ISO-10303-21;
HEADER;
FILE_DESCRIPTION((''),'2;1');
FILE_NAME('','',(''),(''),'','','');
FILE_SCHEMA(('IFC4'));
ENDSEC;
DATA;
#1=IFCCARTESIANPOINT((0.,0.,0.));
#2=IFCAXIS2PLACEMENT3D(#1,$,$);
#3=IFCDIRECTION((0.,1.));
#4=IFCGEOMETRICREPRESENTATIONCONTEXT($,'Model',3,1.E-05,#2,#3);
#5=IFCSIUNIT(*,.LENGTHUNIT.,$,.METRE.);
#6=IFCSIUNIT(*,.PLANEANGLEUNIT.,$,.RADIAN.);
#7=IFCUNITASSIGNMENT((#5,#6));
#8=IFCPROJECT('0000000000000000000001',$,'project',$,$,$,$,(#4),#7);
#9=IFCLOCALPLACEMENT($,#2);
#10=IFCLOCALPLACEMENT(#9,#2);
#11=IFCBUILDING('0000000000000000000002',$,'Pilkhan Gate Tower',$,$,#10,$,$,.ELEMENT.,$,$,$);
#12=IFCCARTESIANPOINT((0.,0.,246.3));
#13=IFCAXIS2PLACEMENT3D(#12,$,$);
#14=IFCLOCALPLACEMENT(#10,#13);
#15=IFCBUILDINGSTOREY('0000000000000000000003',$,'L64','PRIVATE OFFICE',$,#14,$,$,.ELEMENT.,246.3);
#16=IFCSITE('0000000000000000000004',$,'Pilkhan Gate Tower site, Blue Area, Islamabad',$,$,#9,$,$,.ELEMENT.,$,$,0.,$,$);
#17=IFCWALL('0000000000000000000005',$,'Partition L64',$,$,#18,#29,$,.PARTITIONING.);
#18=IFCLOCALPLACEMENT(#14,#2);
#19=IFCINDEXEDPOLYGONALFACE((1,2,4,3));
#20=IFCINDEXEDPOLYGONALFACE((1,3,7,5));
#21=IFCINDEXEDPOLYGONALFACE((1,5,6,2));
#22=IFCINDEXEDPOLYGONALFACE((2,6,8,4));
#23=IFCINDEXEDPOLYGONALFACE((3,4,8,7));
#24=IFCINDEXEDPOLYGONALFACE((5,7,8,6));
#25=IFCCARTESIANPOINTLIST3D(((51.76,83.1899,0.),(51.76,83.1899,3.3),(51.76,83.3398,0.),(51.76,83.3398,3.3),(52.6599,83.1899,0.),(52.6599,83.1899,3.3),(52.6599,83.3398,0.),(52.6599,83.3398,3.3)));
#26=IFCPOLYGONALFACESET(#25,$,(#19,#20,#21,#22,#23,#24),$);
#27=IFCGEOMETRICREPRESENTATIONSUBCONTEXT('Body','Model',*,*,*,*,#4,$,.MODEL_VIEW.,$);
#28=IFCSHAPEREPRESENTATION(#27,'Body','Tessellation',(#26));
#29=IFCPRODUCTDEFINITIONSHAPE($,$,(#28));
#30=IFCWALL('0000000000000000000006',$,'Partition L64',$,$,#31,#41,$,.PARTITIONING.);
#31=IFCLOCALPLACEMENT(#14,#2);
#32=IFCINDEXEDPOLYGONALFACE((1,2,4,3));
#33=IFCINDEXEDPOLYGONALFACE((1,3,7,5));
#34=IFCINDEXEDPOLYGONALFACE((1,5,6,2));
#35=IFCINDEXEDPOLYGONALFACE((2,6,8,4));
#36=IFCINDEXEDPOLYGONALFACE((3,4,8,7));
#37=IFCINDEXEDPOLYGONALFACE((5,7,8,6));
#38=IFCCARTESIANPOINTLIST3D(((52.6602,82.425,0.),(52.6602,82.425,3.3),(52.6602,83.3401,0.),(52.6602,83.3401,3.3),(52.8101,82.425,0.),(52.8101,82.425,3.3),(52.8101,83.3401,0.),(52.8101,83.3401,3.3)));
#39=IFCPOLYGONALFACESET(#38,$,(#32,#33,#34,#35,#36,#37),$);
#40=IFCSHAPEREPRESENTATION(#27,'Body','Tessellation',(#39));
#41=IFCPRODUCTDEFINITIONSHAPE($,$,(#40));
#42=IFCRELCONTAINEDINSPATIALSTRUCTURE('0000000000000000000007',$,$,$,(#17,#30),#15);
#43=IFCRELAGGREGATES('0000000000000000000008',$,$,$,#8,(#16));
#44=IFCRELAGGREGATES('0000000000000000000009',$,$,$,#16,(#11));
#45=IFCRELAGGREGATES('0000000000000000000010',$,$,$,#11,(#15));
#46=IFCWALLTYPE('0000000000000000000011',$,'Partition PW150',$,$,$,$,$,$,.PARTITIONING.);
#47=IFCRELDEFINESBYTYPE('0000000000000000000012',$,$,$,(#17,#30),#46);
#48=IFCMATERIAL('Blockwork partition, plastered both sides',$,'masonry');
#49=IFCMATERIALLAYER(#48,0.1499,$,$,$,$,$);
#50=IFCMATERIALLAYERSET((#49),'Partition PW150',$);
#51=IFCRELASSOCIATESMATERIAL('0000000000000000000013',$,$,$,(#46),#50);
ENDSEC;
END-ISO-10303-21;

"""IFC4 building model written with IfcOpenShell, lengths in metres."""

from ifc_helpers import new_model, si_unit, direction, frame, frame_2d, origin, place, context, subcontext, project, spatial, rectangle, extrude, material, layer, layer_set, type_object, element, save


model = new_model("IFC4")

# Units and contexts
model_context = context("Model", 3, precision=1e-05, world=origin(), true_north=direction((0.0, 1.0)))
body_context = subcontext(model_context, "Body", "Model", "MODEL_VIEW")
ifc_project = project(units=[si_unit("LENGTHUNIT", "METRE"), si_unit("PLANEANGLEUNIT", "RADIAN")], contexts=[model_context])

# Site, building, storey
site_placement = place(None, origin())
site = spatial("IfcSite", under=ifc_project, at=site_placement, Name="Pilkhan Gate Tower site, Blue Area, Islamabad", CompositionType="ELEMENT", RefElevation=0.0)
building_placement = place(site_placement, origin())
building = spatial("IfcBuilding", under=site, at=building_placement, Name="Pilkhan Gate Tower", CompositionType="ELEMENT")
storey_placement = place(building_placement, frame((0.0, 0.0, 246.3)))
storey = spatial("IfcBuildingStorey", under=building, at=storey_placement, Name="L64", Description="PRIVATE OFFICE", CompositionType="ELEMENT", Elevation=246.3)

# Walls
ifc_material_1 = material(Name="Blockwork partition, plastered both sides", Category="masonry")
ifc_layer_1 = layer(ifc_material_1, 0.1499)
ifc_layer_set_1 = layer_set([ifc_layer_1], Name="Partition PW150")
wall_type_1 = type_object("IfcWallType", Name="Partition PW150", PredefinedType="PARTITIONING", material=ifc_layer_set_1)
wall_1_placement = place(storey_placement, frame((51.76, 83.2649, 0.0), z_axis=(0.0, 0.0, 1.0), x_axis=(1.0, 0.0, 0.0)))
element("IfcWall", 1, at=wall_1_placement, inside=storey, type_object=wall_type_1, Name="Partition L64", PredefinedType="PARTITIONING", context=body_context, shape_type="SweptSolid", body=[
    extrude(rectangle(XDim=0.8999, YDim=0.1499, at=frame_2d((0.45, 0.0))), origin(), (0.0, 0.0, 1.0), 3.3),
])
wall_2_placement = place(storey_placement, frame((52.7351, 82.425, 0.0), z_axis=(0.0, 0.0, 1.0), x_axis=(0.0, 1.0, 0.0)))
element("IfcWall", 2, at=wall_2_placement, inside=storey, type_object=wall_type_1, Name="Partition L64", PredefinedType="PARTITIONING", context=body_context, shape_type="SweptSolid", body=[
    extrude(rectangle(XDim=0.915, YDim=0.1499, at=frame_2d((0.4575, 0.0))), origin(), (0.0, 0.0, 1.0), 3.3),
])

save(model, "model.ifc")
